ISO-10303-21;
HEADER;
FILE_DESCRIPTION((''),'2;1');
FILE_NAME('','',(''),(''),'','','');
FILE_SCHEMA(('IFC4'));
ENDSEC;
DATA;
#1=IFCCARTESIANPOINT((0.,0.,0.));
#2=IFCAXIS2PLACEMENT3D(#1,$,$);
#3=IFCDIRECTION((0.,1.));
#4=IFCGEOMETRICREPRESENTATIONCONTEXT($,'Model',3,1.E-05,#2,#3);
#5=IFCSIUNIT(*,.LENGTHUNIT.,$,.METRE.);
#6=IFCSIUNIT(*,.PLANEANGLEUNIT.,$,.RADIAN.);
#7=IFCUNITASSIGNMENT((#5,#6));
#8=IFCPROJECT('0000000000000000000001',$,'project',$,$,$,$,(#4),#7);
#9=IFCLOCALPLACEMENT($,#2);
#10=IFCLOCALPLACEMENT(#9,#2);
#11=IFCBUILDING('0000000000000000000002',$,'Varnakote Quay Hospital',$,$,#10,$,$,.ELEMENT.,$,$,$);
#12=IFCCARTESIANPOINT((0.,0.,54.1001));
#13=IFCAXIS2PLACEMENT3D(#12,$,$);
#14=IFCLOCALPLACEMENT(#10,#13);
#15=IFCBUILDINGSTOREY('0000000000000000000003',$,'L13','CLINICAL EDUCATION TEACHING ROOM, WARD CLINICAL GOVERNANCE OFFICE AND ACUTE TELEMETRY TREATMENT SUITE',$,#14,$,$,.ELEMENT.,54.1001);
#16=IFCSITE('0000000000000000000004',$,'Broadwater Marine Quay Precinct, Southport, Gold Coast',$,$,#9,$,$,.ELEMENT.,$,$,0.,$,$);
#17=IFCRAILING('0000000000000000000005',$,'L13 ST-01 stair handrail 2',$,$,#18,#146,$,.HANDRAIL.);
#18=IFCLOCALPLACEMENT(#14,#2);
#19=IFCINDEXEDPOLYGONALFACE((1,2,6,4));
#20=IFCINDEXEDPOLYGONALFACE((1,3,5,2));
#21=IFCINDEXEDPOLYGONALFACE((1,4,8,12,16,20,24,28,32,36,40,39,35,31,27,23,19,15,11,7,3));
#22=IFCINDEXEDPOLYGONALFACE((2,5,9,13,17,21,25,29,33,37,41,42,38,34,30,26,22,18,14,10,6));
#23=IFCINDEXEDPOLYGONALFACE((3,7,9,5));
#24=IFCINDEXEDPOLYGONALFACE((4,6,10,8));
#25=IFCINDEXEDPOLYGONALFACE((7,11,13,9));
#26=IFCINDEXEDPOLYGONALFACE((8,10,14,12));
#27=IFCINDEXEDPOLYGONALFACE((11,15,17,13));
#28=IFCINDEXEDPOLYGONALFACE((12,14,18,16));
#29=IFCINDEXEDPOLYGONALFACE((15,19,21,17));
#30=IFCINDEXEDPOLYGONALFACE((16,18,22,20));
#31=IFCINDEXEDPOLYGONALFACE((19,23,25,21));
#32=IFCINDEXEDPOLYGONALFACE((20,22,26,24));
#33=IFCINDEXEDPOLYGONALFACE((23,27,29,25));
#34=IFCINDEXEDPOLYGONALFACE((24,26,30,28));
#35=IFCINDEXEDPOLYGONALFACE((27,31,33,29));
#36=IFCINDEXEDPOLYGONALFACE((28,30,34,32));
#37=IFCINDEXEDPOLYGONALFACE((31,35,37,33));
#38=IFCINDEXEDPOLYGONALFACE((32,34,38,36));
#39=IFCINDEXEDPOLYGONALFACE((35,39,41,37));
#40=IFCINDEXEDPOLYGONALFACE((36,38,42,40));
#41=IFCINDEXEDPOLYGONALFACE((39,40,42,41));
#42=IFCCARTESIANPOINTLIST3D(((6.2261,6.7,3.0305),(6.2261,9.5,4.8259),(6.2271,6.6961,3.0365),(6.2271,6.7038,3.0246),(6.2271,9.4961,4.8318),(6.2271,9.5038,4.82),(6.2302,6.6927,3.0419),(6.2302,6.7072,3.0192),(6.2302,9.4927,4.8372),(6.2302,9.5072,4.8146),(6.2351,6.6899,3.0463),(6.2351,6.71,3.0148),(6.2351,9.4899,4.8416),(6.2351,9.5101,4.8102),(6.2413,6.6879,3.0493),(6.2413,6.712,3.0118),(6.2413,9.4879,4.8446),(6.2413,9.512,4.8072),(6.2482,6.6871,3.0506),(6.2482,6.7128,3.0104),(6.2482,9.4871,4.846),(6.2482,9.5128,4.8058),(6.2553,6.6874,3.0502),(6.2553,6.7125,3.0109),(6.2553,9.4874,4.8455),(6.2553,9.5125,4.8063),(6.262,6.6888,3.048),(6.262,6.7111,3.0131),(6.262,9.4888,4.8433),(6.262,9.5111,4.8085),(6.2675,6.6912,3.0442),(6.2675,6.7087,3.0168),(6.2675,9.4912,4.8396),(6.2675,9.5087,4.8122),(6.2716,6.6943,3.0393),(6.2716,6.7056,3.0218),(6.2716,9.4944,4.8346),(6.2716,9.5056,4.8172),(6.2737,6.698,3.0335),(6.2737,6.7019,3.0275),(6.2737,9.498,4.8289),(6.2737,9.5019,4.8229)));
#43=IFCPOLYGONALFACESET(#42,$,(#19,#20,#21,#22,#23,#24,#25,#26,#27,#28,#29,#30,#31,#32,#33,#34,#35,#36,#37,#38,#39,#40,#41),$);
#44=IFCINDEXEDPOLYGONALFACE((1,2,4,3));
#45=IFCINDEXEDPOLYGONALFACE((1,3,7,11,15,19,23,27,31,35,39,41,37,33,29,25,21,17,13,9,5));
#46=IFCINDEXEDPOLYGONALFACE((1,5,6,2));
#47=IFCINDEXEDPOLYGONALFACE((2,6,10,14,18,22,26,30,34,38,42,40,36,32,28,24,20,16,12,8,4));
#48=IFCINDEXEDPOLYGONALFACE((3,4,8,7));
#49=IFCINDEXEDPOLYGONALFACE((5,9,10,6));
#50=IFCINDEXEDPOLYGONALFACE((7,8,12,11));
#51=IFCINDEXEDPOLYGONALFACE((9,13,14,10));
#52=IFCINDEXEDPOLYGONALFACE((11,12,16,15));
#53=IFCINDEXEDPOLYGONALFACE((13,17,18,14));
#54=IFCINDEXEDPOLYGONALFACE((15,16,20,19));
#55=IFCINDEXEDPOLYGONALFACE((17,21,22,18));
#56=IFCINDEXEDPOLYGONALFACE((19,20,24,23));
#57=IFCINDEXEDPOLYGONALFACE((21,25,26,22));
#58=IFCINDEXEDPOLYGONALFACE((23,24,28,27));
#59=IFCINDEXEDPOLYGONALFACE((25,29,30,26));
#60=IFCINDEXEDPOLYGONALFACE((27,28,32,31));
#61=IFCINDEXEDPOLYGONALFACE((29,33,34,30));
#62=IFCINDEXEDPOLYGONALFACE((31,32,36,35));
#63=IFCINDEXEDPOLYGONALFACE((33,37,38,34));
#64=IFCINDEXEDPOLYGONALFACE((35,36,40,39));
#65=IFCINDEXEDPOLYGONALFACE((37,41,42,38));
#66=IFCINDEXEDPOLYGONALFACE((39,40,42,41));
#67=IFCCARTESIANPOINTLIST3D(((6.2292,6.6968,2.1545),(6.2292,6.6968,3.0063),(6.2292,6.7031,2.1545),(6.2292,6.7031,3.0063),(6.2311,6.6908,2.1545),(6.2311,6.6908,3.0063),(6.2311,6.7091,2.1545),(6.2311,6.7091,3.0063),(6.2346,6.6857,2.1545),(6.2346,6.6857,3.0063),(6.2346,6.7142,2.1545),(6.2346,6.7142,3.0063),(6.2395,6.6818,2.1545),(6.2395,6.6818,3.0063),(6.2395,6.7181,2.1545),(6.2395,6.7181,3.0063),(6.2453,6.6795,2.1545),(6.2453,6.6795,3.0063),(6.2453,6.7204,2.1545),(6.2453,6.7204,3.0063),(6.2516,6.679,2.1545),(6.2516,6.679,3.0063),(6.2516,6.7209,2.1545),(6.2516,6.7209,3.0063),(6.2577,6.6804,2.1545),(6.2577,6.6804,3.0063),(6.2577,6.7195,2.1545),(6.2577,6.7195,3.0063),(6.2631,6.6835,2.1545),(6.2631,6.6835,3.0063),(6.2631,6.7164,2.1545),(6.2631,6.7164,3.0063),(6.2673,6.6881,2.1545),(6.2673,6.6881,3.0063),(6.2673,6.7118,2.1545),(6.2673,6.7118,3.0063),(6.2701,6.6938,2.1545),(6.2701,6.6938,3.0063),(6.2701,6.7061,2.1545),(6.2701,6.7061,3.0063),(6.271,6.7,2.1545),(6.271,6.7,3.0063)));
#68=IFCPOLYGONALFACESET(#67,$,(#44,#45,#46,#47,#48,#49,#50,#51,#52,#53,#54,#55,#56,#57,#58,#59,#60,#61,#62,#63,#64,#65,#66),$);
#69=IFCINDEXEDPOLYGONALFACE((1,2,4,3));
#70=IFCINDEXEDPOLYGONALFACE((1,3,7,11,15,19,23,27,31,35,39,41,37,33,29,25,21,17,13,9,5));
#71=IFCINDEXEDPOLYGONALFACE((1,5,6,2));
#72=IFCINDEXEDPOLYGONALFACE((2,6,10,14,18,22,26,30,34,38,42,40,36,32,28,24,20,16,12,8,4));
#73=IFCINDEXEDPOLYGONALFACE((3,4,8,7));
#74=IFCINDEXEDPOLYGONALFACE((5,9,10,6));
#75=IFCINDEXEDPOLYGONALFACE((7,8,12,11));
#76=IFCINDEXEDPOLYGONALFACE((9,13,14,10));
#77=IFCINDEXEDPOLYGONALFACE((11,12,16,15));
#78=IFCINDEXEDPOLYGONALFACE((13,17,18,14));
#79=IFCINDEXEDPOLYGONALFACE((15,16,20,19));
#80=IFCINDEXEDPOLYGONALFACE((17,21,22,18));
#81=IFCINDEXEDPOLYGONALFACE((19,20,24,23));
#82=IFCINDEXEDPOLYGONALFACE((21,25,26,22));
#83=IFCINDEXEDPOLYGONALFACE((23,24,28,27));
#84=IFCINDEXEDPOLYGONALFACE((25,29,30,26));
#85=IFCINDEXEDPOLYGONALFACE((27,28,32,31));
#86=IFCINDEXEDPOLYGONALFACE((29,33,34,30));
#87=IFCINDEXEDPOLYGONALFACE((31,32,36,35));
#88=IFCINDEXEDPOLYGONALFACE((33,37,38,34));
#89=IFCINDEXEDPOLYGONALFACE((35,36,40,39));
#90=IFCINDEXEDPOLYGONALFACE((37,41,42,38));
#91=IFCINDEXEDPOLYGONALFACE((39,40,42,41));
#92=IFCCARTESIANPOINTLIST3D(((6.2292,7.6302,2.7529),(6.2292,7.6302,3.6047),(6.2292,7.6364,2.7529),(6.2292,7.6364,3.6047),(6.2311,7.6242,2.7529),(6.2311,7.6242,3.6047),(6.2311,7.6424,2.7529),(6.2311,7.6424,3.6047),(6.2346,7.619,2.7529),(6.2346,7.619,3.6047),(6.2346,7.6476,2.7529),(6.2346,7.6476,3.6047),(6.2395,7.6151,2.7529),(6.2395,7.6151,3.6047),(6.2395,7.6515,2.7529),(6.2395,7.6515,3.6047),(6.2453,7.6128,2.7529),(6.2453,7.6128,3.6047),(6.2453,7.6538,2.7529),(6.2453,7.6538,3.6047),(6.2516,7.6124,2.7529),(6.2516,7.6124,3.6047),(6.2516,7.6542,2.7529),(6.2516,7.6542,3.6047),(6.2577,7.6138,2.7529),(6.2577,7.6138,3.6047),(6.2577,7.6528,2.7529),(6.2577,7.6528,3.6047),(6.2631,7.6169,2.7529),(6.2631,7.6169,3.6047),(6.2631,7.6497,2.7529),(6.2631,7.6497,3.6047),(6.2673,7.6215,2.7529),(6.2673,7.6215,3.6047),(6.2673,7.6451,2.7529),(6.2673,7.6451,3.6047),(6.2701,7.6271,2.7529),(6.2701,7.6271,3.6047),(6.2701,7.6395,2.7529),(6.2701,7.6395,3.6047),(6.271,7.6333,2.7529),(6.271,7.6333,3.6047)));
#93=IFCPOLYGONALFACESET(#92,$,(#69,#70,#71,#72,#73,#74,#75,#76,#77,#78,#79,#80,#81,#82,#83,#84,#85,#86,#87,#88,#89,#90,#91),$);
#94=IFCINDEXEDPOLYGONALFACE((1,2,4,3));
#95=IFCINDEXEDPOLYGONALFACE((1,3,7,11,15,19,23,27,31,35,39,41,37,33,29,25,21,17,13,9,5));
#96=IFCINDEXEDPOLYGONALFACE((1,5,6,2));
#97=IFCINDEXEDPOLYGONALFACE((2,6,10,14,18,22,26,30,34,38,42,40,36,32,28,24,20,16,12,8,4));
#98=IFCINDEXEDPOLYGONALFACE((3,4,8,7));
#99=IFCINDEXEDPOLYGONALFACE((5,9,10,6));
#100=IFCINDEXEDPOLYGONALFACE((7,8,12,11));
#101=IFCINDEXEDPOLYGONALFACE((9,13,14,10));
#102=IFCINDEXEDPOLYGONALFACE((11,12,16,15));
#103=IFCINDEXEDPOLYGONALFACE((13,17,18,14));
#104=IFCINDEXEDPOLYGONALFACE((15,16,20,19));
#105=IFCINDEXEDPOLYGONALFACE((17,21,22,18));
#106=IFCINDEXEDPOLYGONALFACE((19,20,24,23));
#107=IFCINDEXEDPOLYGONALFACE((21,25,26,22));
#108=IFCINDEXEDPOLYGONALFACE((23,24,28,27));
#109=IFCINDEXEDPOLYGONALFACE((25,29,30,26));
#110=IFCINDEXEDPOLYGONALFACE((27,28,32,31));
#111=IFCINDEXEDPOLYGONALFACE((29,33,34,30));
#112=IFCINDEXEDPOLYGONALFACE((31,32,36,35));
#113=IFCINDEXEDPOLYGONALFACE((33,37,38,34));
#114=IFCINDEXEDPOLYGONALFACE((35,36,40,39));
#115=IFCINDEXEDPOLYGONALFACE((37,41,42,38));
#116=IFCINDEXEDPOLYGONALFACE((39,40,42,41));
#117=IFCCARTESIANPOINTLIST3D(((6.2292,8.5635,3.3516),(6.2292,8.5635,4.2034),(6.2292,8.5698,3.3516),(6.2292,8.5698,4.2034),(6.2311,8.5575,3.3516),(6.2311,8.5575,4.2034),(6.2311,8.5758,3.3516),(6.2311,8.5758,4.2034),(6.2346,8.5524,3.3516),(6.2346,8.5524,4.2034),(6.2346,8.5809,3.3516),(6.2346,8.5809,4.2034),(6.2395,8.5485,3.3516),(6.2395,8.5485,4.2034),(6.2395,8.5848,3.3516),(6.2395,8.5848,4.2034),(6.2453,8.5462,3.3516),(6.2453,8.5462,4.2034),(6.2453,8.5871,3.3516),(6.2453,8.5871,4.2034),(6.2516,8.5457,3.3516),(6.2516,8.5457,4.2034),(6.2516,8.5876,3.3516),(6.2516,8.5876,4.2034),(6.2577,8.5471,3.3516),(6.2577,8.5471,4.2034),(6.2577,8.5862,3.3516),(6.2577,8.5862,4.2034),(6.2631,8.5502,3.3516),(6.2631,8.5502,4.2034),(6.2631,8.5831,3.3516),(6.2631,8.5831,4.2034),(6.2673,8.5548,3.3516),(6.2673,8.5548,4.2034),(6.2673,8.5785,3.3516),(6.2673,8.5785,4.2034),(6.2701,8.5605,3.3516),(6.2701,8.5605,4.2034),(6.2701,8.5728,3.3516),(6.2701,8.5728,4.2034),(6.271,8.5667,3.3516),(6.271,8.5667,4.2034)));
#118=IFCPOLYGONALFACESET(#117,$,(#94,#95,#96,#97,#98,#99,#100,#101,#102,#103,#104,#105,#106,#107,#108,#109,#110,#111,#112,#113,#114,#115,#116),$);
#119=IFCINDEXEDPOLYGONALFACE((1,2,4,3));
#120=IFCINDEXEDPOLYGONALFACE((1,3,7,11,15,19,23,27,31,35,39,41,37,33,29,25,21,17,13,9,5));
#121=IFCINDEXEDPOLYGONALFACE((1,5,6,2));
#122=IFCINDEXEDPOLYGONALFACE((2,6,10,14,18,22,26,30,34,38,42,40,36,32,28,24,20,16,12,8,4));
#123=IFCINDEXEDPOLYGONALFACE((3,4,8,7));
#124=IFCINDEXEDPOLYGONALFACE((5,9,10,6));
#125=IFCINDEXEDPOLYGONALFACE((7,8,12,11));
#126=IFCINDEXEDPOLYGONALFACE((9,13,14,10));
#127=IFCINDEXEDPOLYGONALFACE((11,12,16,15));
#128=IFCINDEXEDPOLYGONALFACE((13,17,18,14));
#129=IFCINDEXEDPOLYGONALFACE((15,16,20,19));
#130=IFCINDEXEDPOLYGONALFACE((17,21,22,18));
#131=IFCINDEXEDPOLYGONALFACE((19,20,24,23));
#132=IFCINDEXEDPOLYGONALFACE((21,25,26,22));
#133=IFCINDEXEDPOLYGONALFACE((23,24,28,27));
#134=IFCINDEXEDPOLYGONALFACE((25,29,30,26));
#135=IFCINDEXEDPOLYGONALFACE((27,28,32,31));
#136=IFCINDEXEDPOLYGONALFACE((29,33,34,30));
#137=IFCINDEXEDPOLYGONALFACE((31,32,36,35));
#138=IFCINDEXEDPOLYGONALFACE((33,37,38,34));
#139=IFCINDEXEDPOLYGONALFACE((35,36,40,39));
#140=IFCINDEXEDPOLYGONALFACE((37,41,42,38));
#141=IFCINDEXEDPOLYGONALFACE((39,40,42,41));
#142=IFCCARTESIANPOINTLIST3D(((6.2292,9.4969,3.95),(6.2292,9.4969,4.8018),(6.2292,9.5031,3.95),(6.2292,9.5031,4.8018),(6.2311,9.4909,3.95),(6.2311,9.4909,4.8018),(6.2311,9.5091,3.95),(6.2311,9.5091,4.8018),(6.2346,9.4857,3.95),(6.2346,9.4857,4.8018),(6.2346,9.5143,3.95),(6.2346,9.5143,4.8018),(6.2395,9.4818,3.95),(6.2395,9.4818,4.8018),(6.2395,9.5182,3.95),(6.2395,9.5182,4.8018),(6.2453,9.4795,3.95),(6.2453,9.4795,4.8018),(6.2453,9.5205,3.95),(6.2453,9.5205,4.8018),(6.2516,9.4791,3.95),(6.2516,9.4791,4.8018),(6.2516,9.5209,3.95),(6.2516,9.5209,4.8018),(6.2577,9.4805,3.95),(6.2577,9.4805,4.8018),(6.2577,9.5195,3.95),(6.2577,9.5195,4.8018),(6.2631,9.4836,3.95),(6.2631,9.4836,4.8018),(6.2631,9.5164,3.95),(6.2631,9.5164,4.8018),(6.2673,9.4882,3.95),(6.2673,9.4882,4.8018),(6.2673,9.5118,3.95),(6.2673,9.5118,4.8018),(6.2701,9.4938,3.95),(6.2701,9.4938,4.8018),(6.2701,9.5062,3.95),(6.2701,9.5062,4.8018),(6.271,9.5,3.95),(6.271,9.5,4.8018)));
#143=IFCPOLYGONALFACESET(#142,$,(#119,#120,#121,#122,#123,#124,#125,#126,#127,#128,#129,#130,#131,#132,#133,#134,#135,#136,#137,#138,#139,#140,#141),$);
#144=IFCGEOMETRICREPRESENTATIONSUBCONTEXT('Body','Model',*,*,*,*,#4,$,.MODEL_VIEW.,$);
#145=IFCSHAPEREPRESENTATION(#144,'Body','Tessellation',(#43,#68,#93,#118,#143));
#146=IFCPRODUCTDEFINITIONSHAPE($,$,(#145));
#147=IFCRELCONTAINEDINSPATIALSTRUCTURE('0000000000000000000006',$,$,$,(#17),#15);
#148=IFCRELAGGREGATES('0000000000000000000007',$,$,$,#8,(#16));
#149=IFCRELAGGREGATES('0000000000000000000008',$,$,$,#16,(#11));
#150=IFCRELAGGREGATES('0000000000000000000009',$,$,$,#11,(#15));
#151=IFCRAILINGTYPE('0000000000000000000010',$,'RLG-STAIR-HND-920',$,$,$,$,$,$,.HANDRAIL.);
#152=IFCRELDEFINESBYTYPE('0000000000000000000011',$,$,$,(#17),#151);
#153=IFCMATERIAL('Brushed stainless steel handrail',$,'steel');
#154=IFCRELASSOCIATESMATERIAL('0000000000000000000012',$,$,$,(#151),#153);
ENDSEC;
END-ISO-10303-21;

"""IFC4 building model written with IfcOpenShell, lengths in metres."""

from ifc_helpers import new_model, si_unit, direction, frame, origin, origin_2d, place, context, subcontext, project, spatial, circle, extrude, material, type_object, element, save


model = new_model("IFC4")

# Units and contexts
model_context = context("Model", 3, precision=1e-05, world=origin(), true_north=direction((0.0, 1.0)))
body_context = subcontext(model_context, "Body", "Model", "MODEL_VIEW")
ifc_project = project(units=[si_unit("LENGTHUNIT", "METRE"), si_unit("PLANEANGLEUNIT", "RADIAN")], contexts=[model_context])

# Site, building, storey
site_placement = place(None, origin())
site = spatial("IfcSite", under=ifc_project, at=site_placement, Name="Broadwater Marine Quay Precinct, Southport, Gold Coast", CompositionType="ELEMENT", RefElevation=0.0)
building_placement = place(site_placement, origin())
building = spatial("IfcBuilding", under=site, at=building_placement, Name="Varnakote Quay Hospital", CompositionType="ELEMENT")
storey_placement = place(building_placement, frame((0.0, 0.0, 54.1001)))
storey = spatial("IfcBuildingStorey", under=building, at=storey_placement, Name="L13", Description="CLINICAL EDUCATION TEACHING ROOM, WARD CLINICAL GOVERNANCE OFFICE AND ACUTE TELEMETRY TREATMENT SUITE", CompositionType="ELEMENT", Elevation=54.1001)

# Railing
ifc_material_1 = material(Name="Brushed stainless steel handrail", Category="steel")
railing_type_1 = type_object("IfcRailingType", Name="RLG-STAIR-HND-920", PredefinedType="HANDRAIL", material=ifc_material_1)
railing_1_placement = place(storey_placement, frame((6.25, 6.7, 2.1545)))
element("IfcRailing", 1, at=railing_1_placement, inside=storey, type_object=railing_type_1, Name="L13 ST-01 stair handrail 2", PredefinedType="HANDRAIL", context=body_context, shape_type="SweptSolid", body=[
    extrude(circle(Radius=0.0239, at=origin_2d()), frame((0.0, 0.0, 0.876), z_axis=(0.0, 0.84181, 0.539774), x_axis=(-1.0, 0.0, 0.0)), (0.0, 0.0, 1.0), 3.3262),
    extrude(circle(Radius=0.021, at=origin_2d()), origin(), (0.0, 0.0, 1.0), 0.8518),
    extrude(circle(Radius=0.021, at=origin_2d()), frame((0.0, 0.9333, 0.5984)), (0.0, 0.0, 1.0), 0.8518),
    extrude(circle(Radius=0.021, at=origin_2d()), frame((0.0, 1.8667, 1.197)), (0.0, 0.0, 1.0), 0.8518),
    extrude(circle(Radius=0.021, at=origin_2d()), frame((0.0, 2.8, 1.7954)), (0.0, 0.0, 1.0), 0.8518),
])

save(model, "model.ifc")
